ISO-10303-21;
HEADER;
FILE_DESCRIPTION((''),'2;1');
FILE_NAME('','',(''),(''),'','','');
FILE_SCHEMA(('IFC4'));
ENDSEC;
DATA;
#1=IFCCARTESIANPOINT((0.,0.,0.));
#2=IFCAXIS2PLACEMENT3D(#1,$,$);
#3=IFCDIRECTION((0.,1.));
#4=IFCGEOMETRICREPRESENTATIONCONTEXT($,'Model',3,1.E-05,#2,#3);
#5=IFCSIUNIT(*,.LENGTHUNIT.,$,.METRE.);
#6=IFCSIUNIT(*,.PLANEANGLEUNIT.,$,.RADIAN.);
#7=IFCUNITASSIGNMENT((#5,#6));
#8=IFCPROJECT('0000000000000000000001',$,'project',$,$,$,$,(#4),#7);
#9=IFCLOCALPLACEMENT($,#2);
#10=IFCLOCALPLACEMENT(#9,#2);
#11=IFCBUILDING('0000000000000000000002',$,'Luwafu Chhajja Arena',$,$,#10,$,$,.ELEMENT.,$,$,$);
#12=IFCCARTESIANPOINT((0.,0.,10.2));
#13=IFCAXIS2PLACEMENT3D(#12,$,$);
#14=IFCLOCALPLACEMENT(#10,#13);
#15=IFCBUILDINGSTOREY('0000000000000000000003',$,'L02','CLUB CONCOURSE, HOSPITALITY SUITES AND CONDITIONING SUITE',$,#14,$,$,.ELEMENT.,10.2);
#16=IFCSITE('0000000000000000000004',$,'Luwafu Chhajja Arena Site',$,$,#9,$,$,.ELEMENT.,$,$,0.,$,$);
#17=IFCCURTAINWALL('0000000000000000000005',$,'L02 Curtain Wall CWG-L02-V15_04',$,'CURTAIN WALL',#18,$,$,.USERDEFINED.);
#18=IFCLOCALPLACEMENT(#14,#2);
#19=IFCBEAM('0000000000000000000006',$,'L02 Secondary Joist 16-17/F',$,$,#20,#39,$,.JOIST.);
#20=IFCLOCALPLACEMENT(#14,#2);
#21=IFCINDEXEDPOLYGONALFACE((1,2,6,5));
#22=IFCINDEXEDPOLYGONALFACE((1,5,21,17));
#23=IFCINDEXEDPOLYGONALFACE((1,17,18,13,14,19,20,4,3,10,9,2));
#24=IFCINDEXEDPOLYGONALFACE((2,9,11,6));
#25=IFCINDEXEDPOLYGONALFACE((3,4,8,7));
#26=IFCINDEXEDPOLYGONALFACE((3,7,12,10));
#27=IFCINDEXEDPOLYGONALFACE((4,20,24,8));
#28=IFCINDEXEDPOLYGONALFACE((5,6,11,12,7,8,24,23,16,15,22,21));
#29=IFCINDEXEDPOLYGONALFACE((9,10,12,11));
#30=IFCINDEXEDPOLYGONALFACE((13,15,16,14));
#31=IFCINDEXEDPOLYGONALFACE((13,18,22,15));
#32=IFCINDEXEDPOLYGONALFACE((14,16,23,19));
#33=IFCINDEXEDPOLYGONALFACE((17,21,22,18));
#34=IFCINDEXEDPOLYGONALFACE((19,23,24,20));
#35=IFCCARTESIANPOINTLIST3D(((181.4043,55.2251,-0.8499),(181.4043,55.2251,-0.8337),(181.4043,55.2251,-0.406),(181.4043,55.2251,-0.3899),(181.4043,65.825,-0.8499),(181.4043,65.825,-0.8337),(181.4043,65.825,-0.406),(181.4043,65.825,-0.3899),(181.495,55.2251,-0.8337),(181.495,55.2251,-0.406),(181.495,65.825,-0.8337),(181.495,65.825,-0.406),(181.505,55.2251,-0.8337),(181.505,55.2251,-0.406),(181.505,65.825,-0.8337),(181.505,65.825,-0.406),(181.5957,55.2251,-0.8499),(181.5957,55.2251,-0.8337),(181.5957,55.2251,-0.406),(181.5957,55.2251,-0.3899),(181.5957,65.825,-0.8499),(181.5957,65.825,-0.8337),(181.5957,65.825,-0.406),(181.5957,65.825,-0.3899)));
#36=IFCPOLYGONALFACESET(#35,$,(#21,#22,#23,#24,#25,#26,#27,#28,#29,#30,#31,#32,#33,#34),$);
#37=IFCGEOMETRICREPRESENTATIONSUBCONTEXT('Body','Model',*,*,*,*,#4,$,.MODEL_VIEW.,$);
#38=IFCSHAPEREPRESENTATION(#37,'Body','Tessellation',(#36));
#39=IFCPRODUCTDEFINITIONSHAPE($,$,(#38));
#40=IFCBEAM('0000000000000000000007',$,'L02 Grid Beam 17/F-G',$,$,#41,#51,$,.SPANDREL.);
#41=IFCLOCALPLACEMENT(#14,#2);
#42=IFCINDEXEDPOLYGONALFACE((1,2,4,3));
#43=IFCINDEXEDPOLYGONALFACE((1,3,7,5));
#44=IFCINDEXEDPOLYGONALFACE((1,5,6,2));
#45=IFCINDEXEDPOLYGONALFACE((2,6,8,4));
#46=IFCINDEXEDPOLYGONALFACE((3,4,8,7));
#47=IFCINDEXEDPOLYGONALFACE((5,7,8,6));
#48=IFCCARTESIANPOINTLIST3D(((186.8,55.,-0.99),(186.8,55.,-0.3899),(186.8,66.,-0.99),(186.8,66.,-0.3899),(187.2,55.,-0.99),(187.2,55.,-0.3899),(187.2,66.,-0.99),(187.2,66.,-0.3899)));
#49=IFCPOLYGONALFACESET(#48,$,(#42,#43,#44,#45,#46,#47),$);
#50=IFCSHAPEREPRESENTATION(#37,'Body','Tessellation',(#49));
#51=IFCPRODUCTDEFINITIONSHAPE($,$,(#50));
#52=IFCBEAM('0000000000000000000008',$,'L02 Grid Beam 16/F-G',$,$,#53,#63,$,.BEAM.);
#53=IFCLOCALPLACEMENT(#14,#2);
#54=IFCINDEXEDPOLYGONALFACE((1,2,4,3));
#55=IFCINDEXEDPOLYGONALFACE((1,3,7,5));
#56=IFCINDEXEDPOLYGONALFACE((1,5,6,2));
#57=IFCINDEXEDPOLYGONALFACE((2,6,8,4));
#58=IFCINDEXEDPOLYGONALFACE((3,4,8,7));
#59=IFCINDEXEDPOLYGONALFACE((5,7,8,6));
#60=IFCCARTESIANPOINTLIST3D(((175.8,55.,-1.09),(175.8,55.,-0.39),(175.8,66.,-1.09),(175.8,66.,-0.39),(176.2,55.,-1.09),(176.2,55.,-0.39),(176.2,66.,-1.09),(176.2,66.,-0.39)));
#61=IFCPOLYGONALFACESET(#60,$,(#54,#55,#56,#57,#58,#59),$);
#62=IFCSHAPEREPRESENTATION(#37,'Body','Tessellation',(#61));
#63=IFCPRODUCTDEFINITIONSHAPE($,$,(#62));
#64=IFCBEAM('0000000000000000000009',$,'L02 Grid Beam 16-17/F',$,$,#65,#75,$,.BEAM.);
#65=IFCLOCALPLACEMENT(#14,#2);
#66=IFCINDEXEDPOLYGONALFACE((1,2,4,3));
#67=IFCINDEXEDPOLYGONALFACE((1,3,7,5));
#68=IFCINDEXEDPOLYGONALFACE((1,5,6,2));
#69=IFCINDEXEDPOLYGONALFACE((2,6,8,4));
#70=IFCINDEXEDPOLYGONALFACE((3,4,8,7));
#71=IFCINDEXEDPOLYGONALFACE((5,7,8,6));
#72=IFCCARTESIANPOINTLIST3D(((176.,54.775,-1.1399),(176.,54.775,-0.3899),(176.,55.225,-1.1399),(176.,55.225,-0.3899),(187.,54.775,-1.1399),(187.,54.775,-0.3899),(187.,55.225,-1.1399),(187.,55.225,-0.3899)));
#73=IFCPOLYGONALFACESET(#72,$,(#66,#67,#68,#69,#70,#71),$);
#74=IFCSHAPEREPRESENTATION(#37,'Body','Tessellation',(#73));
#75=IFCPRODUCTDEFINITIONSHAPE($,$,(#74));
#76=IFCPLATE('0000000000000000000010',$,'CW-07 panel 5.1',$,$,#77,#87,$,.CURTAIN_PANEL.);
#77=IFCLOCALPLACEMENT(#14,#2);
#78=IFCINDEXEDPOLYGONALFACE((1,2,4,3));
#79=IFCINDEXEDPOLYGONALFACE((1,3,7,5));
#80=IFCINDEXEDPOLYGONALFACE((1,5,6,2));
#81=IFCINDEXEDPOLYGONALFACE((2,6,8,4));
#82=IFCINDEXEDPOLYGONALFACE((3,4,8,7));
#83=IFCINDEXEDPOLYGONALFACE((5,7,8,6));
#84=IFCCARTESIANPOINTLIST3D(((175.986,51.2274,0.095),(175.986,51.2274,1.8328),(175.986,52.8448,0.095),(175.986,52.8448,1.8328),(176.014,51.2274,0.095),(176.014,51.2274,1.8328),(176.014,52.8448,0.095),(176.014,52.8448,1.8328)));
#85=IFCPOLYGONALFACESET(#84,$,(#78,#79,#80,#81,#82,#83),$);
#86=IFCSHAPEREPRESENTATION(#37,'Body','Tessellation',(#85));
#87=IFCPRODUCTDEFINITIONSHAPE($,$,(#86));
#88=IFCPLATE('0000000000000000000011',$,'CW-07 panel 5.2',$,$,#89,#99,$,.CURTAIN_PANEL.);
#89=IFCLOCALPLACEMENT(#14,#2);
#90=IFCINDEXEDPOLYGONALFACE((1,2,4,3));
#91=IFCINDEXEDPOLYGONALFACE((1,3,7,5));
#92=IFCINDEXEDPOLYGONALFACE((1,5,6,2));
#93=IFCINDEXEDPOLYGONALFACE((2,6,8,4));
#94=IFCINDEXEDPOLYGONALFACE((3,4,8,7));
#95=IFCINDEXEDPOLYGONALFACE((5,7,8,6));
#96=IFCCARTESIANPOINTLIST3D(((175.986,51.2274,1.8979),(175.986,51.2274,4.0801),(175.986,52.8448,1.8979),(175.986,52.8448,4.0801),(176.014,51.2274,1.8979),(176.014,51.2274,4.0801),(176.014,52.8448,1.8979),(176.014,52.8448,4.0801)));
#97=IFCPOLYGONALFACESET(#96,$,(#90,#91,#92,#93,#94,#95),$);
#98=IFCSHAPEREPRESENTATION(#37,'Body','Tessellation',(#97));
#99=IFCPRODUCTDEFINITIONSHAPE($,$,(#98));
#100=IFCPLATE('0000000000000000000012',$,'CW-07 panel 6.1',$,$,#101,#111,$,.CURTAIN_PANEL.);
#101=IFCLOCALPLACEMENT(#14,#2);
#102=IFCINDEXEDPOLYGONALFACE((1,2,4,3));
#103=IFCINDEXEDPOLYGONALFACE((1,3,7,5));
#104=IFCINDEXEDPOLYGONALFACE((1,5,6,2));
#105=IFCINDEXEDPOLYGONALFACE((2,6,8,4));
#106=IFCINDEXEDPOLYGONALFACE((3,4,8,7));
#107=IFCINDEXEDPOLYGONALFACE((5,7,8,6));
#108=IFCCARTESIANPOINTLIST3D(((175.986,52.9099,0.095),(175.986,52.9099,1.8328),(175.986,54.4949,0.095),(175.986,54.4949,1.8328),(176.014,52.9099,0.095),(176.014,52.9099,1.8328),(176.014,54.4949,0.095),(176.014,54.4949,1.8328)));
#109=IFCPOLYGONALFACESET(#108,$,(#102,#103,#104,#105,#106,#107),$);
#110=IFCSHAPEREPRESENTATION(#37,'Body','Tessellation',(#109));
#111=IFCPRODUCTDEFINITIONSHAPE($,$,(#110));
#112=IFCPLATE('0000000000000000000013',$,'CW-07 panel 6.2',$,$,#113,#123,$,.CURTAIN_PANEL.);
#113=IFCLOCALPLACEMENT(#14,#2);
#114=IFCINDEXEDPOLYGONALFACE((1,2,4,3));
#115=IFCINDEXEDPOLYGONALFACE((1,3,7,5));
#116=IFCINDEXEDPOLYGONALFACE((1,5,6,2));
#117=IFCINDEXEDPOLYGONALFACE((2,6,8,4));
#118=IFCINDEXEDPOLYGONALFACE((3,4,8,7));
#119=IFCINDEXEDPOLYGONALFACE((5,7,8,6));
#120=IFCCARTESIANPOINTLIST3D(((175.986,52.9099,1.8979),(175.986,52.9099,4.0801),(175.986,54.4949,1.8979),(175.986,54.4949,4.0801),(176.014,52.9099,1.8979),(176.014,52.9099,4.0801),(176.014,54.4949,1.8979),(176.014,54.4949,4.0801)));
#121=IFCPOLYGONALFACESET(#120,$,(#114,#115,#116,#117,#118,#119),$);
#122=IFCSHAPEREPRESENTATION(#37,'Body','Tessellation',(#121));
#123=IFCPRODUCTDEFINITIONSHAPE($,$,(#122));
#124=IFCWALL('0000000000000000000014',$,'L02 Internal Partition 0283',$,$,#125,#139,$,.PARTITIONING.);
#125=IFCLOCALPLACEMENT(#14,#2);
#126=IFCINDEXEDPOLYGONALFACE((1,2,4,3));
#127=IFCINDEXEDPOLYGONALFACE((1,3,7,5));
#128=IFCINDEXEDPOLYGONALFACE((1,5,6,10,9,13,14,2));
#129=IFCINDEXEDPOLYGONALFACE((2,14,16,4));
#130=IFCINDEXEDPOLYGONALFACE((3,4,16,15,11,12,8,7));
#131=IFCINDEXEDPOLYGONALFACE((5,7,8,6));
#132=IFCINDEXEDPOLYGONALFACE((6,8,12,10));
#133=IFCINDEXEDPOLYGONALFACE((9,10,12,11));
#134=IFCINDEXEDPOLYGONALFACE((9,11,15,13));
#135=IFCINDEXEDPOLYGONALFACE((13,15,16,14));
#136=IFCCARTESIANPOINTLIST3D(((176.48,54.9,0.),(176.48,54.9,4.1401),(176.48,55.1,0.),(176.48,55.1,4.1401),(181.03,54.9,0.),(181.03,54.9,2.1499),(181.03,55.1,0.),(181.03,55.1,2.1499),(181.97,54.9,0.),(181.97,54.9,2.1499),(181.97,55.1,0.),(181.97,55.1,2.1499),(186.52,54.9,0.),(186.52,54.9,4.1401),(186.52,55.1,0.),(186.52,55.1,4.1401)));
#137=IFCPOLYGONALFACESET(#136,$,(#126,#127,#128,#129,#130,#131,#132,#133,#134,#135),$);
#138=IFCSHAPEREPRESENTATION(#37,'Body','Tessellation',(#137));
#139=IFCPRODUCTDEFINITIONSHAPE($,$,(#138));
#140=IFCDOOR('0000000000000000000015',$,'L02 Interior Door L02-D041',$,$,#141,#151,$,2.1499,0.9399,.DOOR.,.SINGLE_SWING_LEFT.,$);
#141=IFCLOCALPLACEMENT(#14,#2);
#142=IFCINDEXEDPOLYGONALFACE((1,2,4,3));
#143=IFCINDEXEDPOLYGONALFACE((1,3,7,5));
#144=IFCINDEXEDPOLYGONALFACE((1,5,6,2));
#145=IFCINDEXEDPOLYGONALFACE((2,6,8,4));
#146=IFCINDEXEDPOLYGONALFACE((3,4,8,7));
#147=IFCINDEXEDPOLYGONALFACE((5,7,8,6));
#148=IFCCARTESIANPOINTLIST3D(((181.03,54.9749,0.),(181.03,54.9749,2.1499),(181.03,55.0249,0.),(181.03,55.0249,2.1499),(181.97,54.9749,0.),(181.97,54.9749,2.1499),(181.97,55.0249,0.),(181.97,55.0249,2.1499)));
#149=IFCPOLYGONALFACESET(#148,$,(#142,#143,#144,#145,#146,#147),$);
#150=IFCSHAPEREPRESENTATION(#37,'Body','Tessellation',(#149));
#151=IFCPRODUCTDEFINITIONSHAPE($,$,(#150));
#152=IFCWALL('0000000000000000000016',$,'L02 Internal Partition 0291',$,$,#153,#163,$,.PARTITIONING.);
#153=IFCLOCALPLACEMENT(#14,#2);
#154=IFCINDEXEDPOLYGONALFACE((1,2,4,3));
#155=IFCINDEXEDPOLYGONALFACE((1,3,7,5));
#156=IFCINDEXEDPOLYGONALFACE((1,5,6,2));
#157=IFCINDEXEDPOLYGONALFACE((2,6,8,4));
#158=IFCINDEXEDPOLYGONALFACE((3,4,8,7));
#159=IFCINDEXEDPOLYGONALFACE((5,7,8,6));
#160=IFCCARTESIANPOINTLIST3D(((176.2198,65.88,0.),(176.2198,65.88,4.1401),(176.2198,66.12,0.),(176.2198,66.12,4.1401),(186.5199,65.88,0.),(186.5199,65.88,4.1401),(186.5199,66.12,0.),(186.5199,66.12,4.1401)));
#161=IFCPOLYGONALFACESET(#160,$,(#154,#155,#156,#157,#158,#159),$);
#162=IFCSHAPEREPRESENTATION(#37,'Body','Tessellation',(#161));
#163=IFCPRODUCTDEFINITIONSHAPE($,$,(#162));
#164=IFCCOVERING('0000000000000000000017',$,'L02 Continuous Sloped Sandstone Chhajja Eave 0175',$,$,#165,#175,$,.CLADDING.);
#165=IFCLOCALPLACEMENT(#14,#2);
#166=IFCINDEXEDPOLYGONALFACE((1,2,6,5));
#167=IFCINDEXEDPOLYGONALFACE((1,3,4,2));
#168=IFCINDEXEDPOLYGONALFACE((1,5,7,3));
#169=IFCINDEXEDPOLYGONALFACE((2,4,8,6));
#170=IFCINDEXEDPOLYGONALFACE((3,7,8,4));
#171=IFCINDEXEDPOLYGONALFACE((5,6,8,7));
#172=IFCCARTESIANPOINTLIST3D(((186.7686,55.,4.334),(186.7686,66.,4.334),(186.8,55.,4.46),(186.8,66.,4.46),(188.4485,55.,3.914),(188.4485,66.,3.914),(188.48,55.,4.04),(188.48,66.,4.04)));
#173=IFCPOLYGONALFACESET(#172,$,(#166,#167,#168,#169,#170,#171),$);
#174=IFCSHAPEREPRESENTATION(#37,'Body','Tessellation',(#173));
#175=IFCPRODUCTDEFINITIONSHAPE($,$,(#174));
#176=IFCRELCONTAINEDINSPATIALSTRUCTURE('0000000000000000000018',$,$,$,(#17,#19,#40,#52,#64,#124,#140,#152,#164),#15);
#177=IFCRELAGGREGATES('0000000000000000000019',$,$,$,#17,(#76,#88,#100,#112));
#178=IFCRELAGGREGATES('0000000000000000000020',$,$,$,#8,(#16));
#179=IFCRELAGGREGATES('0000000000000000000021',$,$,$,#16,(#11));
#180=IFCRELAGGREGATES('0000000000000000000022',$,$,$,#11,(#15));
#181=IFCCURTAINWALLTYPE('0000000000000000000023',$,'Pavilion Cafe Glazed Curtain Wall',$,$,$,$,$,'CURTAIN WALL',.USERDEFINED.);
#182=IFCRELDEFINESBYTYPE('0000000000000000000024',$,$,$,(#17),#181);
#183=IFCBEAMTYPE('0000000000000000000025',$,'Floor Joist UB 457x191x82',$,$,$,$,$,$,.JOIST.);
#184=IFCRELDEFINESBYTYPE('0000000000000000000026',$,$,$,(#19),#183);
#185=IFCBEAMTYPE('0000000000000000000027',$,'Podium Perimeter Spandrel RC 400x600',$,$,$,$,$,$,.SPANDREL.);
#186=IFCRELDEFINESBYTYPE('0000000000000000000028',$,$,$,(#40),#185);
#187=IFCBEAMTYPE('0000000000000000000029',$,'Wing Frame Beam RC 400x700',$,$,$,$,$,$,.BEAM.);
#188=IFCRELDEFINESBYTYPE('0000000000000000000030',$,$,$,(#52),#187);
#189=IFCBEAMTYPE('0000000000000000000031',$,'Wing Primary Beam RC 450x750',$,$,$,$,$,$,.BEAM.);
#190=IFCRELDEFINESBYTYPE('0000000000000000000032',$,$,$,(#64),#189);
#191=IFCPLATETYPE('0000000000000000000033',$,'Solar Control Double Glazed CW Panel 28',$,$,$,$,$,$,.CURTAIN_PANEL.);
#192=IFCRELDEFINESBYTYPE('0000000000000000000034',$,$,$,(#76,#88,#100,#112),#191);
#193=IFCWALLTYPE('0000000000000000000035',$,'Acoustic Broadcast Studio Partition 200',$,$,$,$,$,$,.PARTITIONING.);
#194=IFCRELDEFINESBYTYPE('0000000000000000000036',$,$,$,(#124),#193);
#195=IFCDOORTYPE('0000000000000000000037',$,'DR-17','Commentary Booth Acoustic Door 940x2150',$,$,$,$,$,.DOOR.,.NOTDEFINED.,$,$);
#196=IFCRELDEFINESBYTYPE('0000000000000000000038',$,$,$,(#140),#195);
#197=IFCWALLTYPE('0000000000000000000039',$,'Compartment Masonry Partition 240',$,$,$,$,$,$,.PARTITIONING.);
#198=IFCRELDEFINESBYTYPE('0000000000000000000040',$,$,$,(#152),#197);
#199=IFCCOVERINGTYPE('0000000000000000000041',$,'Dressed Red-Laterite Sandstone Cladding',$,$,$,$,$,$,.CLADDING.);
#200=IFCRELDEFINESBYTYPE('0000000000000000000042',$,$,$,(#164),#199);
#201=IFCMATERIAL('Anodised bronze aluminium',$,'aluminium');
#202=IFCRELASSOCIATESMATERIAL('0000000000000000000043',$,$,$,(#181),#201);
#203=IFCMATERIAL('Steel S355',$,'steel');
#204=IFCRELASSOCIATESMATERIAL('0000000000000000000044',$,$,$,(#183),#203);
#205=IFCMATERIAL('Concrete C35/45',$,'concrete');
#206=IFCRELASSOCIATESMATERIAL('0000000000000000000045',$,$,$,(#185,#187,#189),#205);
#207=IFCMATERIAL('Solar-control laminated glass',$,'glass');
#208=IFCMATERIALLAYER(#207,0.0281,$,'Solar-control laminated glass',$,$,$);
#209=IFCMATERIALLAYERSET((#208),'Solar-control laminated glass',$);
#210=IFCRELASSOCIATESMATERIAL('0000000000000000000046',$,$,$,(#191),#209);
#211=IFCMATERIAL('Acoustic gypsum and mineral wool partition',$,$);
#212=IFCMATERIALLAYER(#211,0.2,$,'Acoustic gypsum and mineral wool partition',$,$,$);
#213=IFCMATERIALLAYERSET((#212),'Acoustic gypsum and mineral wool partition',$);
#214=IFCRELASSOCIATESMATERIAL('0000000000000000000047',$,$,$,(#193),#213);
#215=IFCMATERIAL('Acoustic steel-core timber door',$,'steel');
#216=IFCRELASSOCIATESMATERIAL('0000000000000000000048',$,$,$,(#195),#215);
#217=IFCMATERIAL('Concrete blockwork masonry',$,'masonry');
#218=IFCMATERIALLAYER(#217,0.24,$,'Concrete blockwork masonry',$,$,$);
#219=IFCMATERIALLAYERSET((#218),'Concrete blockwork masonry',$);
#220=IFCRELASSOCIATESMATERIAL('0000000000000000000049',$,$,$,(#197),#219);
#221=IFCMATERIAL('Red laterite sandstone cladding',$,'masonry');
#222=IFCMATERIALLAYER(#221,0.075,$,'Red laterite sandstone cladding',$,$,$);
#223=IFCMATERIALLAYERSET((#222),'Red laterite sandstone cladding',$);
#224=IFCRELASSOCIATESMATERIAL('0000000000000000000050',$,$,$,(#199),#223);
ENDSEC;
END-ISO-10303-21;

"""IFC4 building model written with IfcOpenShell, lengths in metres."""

from ifc_helpers import new_model, si_unit, direction, frame, frame_2d, origin, origin_2d, place, context, subcontext, project, spatial, polyline, rectangle, i_section, outline, extrude, material, layer, layer_set, material_profile, profile_set, type_object, element, fill, aggregate, save


model = new_model("IFC4")

# Units and contexts
model_context = context("Model", 3, precision=1e-05, world=origin(), true_north=direction((0.0, 1.0)))
body_context = subcontext(model_context, "Body", "Model", "MODEL_VIEW")
ifc_project = project(units=[si_unit("LENGTHUNIT", "METRE"), si_unit("PLANEANGLEUNIT", "RADIAN")], contexts=[model_context])

# Site, building, storey
site_placement = place(None, origin())
site = spatial("IfcSite", under=ifc_project, at=site_placement, Name="Luwafu Chhajja Arena Site", CompositionType="ELEMENT", RefElevation=0.0)
building_placement = place(site_placement, origin())
building = spatial("IfcBuilding", under=site, at=building_placement, Name="Luwafu Chhajja Arena", CompositionType="ELEMENT")
storey_placement = place(building_placement, frame((0.0, 0.0, 10.2)))
storey = spatial("IfcBuildingStorey", under=building, at=storey_placement, Name="L02", Description="CLUB CONCOURSE, HOSPITALITY SUITES AND CONDITIONING SUITE", CompositionType="ELEMENT", Elevation=10.2)

# Shared definitions
ifc_material_1 = material(Name="Concrete C35/45", Category="concrete")

# Curtain wall
ifc_material_2 = material(Name="Anodised bronze aluminium", Category="aluminium")
curtain_wall_type = type_object("IfcCurtainWallType", Name="Pavilion Cafe Glazed Curtain Wall", ElementType="CURTAIN WALL", PredefinedType="USERDEFINED", material=ifc_material_2)
curtain_wall_placement = place(storey_placement, origin())
curtain_wall = element("IfcCurtainWall", 1, at=curtain_wall_placement, inside=storey, type_object=curtain_wall_type, Name="L02 Curtain Wall CWG-L02-V15_04", ObjectType="CURTAIN WALL", PredefinedType="USERDEFINED")

# Beams
ifc_material_3 = material(Name="Steel S355", Category="steel")
ifc_material_profile_1 = material_profile(ifc_material_3, i_section(OverallWidth=0.1914, OverallDepth=0.46, WebThickness=0.01, FlangeThickness=0.0161, at=origin_2d()), Name="UB 457x191x82")
ifc_profile_set_1 = profile_set([ifc_material_profile_1], Name="Steel S355")
beam_type_1 = type_object("IfcBeamType", Name="Floor Joist UB 457x191x82", PredefinedType="JOIST", material=ifc_profile_set_1)
beam_1_placement = place(storey_placement, frame((181.5, 55.2251, -0.6199), z_axis=(0.0, 1.0, 0.0), x_axis=(-1.0, 0.0, 0.0)))
element("IfcBeam", 2, at=beam_1_placement, inside=storey, type_object=beam_type_1, Name="L02 Secondary Joist 16-17/F", PredefinedType="JOIST", context=body_context, shape_type="SweptSolid", body=[
    extrude(i_section(OverallWidth=0.1914, OverallDepth=0.46, WebThickness=0.01, FlangeThickness=0.0161, at=origin_2d()), origin(), (0.0, 0.0, 1.0), 10.5999),
])
ifc_material_profile_2 = material_profile(ifc_material_1, rectangle(XDim=0.3999, YDim=0.6001, at=origin_2d()), Name="RC 400x600")
ifc_profile_set_2 = profile_set([ifc_material_profile_2], Name="Concrete C35/45")
beam_type_2 = type_object("IfcBeamType", Name="Podium Perimeter Spandrel RC 400x600", PredefinedType="SPANDREL", material=ifc_profile_set_2)
beam_2_placement = place(storey_placement, frame((187.0, 55.0, -0.6899), z_axis=(0.0, 1.0, 0.0), x_axis=(-1.0, 0.0, 0.0)))
element("IfcBeam", 3, at=beam_2_placement, inside=storey, type_object=beam_type_2, Name="L02 Grid Beam 17/F-G", PredefinedType="SPANDREL", context=body_context, shape_type="SweptSolid", body=[
    extrude(rectangle(XDim=0.3999, YDim=0.6001, at=origin_2d()), origin(), (0.0, 0.0, 1.0), 11.0),
])
ifc_material_profile_3 = material_profile(ifc_material_1, rectangle(XDim=0.3999, YDim=0.7, at=origin_2d()), Name="RC 400x700")
ifc_profile_set_3 = profile_set([ifc_material_profile_3], Name="Concrete C35/45")
beam_type_3 = type_object("IfcBeamType", Name="Wing Frame Beam RC 400x700", PredefinedType="BEAM", material=ifc_profile_set_3)
beam_3_placement = place(storey_placement, frame((176.0, 55.0, -0.74), z_axis=(0.0, 1.0, 0.0), x_axis=(-1.0, 0.0, 0.0)))
element("IfcBeam", 4, at=beam_3_placement, inside=storey, type_object=beam_type_3, Name="L02 Grid Beam 16/F-G", PredefinedType="BEAM", context=body_context, shape_type="SweptSolid", body=[
    extrude(rectangle(XDim=0.3999, YDim=0.7, at=origin_2d()), origin(), (0.0, 0.0, 1.0), 11.0),
])
ifc_material_profile_4 = material_profile(ifc_material_1, rectangle(XDim=0.45, YDim=0.75, at=origin_2d()), Name="RC 450x750")
ifc_profile_set_4 = profile_set([ifc_material_profile_4], Name="Concrete C35/45")
beam_type_4 = type_object("IfcBeamType", Name="Wing Primary Beam RC 450x750", PredefinedType="BEAM", material=ifc_profile_set_4)
beam_4_placement = place(storey_placement, frame((176.0, 55.0, -0.7649), z_axis=(1.0, 0.0, 0.0), x_axis=(0.0, 1.0, 0.0)))
element("IfcBeam", 5, at=beam_4_placement, inside=storey, type_object=beam_type_4, Name="L02 Grid Beam 16-17/F", PredefinedType="BEAM", context=body_context, shape_type="SweptSolid", body=[
    extrude(rectangle(XDim=0.45, YDim=0.75, at=origin_2d()), origin(), (0.0, 0.0, 1.0), 11.0),
])

# Plates
ifc_material_4 = material(Name="Solar-control laminated glass", Category="glass")
ifc_layer_1 = layer(ifc_material_4, 0.0281, Name="Solar-control laminated glass")
ifc_layer_set_1 = layer_set([ifc_layer_1], Name="Solar-control laminated glass")
plate_type = type_object("IfcPlateType", Name="Solar Control Double Glazed CW Panel 28", PredefinedType="CURTAIN_PANEL", material=ifc_layer_set_1)
plate_1_placement = place(storey_placement, frame((176.0, 52.0361, 0.095), z_axis=(0.0, 0.0, 1.0), x_axis=(0.0, 1.0, 0.0)))
plate_1 = element("IfcPlate", 6, at=plate_1_placement, type_object=plate_type, Name="CW-07 panel 5.1", PredefinedType="CURTAIN_PANEL", context=body_context, shape_type="SweptSolid", body=[
    extrude(rectangle(XDim=1.6174, YDim=0.0281, at=origin_2d()), origin(), (0.0, 0.0, 1.0), 1.7378),
])
plate_2_placement = place(storey_placement, frame((176.0, 52.0361, 1.8979), z_axis=(0.0, 0.0, 1.0), x_axis=(0.0, 1.0, 0.0)))
plate_2 = element("IfcPlate", 7, at=plate_2_placement, type_object=plate_type, Name="CW-07 panel 5.2", PredefinedType="CURTAIN_PANEL", context=body_context, shape_type="SweptSolid", body=[
    extrude(rectangle(XDim=1.6174, YDim=0.0281, at=origin_2d()), origin(), (0.0, 0.0, 1.0), 2.1821),
])
plate_3_placement = place(storey_placement, frame((176.0, 53.7024, 0.095), z_axis=(0.0, 0.0, 1.0), x_axis=(0.0, 1.0, 0.0)))
plate_3 = element("IfcPlate", 8, at=plate_3_placement, type_object=plate_type, Name="CW-07 panel 6.1", PredefinedType="CURTAIN_PANEL", context=body_context, shape_type="SweptSolid", body=[
    extrude(rectangle(XDim=1.585, YDim=0.0281, at=origin_2d()), origin(), (0.0, 0.0, 1.0), 1.7378),
])
plate_4_placement = place(storey_placement, frame((176.0, 53.7024, 1.8979), z_axis=(0.0, 0.0, 1.0), x_axis=(0.0, 1.0, 0.0)))
plate_4 = element("IfcPlate", 9, at=plate_4_placement, type_object=plate_type, Name="CW-07 panel 6.2", PredefinedType="CURTAIN_PANEL", context=body_context, shape_type="SweptSolid", body=[
    extrude(rectangle(XDim=1.585, YDim=0.0281, at=origin_2d()), origin(), (0.0, 0.0, 1.0), 2.1821),
])
aggregate(curtain_wall, [plate_1, plate_2, plate_3, plate_4])

# Wall, opening, door
ifc_material_5 = material(Name="Acoustic gypsum and mineral wool partition")
ifc_layer_2 = layer(ifc_material_5, 0.2, Name="Acoustic gypsum and mineral wool partition")
ifc_layer_set_2 = layer_set([ifc_layer_2], Name="Acoustic gypsum and mineral wool partition")
wall_type_1 = type_object("IfcWallType", Name="Acoustic Broadcast Studio Partition 200", PredefinedType="PARTITIONING", material=ifc_layer_set_2)
wall_1_placement = place(storey_placement, frame((176.48, 55.0, 0.0), z_axis=(0.0, 0.0, 1.0), x_axis=(1.0, 0.0, 0.0)))
wall_1 = element("IfcWall", 10, at=wall_1_placement, inside=storey, type_object=wall_type_1, Name="L02 Internal Partition 0283", PredefinedType="PARTITIONING", context=body_context, shape_type="SweptSolid", body=[
    extrude(rectangle(XDim=10.04, YDim=0.2, at=frame_2d((5.02, 0.0))), origin(), (0.0, 0.0, 1.0), 4.1401),
])
opening_placement = place(wall_1_placement, frame((4.55, 0.0, 0.0)))
opening = element("IfcOpeningElement", 11, at=opening_placement, cuts=wall_1, PredefinedType="OPENING", context=body_context, shape_type="SweptSolid", body=[
    extrude(rectangle(XDim=0.9399, YDim=2.1499, at=frame_2d((0.47, 1.075))), frame((0.0, 0.1099, 0.0), z_axis=(0.0, -1.0, 0.0), x_axis=(1.0, 0.0, 0.0)), (0.0, 0.0, 1.0), 0.22),
])
ifc_material_6 = material(Name="Acoustic steel-core timber door", Category="steel")
door_type = type_object("IfcDoorType", Name="DR-17", Description="Commentary Booth Acoustic Door 940x2150", OperationType="NOTDEFINED", PredefinedType="DOOR", material=ifc_material_6)
door_placement = place(opening_placement, origin())
door = element("IfcDoor", 12, at=door_placement, inside=storey, type_object=door_type, Name="L02 Interior Door L02-D041", OperationType="SINGLE_SWING_LEFT", OverallHeight=2.1499, OverallWidth=0.9399, PredefinedType="DOOR", context=body_context, shape_type="SweptSolid", body=[
    extrude(rectangle(XDim=0.9399, YDim=2.1499, at=frame_2d((0.47, 1.075))), frame((0.0, 0.0249, 0.0), z_axis=(0.0, -1.0, 0.0), x_axis=(1.0, 0.0, 0.0)), (0.0, 0.0, 1.0), 0.05),
])
fill(opening, door)

# Wall
ifc_material_7 = material(Name="Concrete blockwork masonry", Category="masonry")
ifc_layer_3 = layer(ifc_material_7, 0.24, Name="Concrete blockwork masonry")
ifc_layer_set_3 = layer_set([ifc_layer_3], Name="Concrete blockwork masonry")
wall_type_2 = type_object("IfcWallType", Name="Compartment Masonry Partition 240", PredefinedType="PARTITIONING", material=ifc_layer_set_3)
wall_2_placement = place(storey_placement, frame((176.22, 66.0, 0.0), z_axis=(0.0, 0.0, 1.0), x_axis=(1.0, 0.0, 0.0)))
element("IfcWall", 13, at=wall_2_placement, inside=storey, type_object=wall_type_2, Name="L02 Internal Partition 0291", PredefinedType="PARTITIONING", context=body_context, shape_type="SweptSolid", body=[
    extrude(rectangle(XDim=10.3, YDim=0.24, at=frame_2d((5.1499, 0.0))), origin(), (0.0, 0.0, 1.0), 4.1401),
])

# Covering
ifc_material_8 = material(Name="Red laterite sandstone cladding", Category="masonry")
ifc_layer_4 = layer(ifc_material_8, 0.075, Name="Red laterite sandstone cladding")
ifc_layer_set_4 = layer_set([ifc_layer_4], Name="Red laterite sandstone cladding")
covering_type = type_object("IfcCoveringType", Name="Dressed Red-Laterite Sandstone Cladding", PredefinedType="CLADDING", material=ifc_layer_set_4)
for number, where, z_axis, x_axis, name in (
    (14, (186.8, 55.0, 4.46), (0.242502, 0.0, 0.970151), (0.0, 1.0, 0.0), "L02 Continuous Sloped Sandstone Chhajja Eave 0175"),
):
    element("IfcCovering", number, at=place(storey_placement, frame(where, z_axis=z_axis, x_axis=x_axis)), inside=storey, type_object=covering_type, Name=name, PredefinedType="CLADDING", context=body_context, shape_type="SweptSolid", body=[
        extrude(outline(polyline([(0.0, 0.0), (11.0, 0.0), (11.0, -1.7316), (0.0, -1.7316), (0.0, 0.0)])), origin(), (0.0, 0.0, -1.0), 0.1299),
    ])

save(model, "model.ifc")
